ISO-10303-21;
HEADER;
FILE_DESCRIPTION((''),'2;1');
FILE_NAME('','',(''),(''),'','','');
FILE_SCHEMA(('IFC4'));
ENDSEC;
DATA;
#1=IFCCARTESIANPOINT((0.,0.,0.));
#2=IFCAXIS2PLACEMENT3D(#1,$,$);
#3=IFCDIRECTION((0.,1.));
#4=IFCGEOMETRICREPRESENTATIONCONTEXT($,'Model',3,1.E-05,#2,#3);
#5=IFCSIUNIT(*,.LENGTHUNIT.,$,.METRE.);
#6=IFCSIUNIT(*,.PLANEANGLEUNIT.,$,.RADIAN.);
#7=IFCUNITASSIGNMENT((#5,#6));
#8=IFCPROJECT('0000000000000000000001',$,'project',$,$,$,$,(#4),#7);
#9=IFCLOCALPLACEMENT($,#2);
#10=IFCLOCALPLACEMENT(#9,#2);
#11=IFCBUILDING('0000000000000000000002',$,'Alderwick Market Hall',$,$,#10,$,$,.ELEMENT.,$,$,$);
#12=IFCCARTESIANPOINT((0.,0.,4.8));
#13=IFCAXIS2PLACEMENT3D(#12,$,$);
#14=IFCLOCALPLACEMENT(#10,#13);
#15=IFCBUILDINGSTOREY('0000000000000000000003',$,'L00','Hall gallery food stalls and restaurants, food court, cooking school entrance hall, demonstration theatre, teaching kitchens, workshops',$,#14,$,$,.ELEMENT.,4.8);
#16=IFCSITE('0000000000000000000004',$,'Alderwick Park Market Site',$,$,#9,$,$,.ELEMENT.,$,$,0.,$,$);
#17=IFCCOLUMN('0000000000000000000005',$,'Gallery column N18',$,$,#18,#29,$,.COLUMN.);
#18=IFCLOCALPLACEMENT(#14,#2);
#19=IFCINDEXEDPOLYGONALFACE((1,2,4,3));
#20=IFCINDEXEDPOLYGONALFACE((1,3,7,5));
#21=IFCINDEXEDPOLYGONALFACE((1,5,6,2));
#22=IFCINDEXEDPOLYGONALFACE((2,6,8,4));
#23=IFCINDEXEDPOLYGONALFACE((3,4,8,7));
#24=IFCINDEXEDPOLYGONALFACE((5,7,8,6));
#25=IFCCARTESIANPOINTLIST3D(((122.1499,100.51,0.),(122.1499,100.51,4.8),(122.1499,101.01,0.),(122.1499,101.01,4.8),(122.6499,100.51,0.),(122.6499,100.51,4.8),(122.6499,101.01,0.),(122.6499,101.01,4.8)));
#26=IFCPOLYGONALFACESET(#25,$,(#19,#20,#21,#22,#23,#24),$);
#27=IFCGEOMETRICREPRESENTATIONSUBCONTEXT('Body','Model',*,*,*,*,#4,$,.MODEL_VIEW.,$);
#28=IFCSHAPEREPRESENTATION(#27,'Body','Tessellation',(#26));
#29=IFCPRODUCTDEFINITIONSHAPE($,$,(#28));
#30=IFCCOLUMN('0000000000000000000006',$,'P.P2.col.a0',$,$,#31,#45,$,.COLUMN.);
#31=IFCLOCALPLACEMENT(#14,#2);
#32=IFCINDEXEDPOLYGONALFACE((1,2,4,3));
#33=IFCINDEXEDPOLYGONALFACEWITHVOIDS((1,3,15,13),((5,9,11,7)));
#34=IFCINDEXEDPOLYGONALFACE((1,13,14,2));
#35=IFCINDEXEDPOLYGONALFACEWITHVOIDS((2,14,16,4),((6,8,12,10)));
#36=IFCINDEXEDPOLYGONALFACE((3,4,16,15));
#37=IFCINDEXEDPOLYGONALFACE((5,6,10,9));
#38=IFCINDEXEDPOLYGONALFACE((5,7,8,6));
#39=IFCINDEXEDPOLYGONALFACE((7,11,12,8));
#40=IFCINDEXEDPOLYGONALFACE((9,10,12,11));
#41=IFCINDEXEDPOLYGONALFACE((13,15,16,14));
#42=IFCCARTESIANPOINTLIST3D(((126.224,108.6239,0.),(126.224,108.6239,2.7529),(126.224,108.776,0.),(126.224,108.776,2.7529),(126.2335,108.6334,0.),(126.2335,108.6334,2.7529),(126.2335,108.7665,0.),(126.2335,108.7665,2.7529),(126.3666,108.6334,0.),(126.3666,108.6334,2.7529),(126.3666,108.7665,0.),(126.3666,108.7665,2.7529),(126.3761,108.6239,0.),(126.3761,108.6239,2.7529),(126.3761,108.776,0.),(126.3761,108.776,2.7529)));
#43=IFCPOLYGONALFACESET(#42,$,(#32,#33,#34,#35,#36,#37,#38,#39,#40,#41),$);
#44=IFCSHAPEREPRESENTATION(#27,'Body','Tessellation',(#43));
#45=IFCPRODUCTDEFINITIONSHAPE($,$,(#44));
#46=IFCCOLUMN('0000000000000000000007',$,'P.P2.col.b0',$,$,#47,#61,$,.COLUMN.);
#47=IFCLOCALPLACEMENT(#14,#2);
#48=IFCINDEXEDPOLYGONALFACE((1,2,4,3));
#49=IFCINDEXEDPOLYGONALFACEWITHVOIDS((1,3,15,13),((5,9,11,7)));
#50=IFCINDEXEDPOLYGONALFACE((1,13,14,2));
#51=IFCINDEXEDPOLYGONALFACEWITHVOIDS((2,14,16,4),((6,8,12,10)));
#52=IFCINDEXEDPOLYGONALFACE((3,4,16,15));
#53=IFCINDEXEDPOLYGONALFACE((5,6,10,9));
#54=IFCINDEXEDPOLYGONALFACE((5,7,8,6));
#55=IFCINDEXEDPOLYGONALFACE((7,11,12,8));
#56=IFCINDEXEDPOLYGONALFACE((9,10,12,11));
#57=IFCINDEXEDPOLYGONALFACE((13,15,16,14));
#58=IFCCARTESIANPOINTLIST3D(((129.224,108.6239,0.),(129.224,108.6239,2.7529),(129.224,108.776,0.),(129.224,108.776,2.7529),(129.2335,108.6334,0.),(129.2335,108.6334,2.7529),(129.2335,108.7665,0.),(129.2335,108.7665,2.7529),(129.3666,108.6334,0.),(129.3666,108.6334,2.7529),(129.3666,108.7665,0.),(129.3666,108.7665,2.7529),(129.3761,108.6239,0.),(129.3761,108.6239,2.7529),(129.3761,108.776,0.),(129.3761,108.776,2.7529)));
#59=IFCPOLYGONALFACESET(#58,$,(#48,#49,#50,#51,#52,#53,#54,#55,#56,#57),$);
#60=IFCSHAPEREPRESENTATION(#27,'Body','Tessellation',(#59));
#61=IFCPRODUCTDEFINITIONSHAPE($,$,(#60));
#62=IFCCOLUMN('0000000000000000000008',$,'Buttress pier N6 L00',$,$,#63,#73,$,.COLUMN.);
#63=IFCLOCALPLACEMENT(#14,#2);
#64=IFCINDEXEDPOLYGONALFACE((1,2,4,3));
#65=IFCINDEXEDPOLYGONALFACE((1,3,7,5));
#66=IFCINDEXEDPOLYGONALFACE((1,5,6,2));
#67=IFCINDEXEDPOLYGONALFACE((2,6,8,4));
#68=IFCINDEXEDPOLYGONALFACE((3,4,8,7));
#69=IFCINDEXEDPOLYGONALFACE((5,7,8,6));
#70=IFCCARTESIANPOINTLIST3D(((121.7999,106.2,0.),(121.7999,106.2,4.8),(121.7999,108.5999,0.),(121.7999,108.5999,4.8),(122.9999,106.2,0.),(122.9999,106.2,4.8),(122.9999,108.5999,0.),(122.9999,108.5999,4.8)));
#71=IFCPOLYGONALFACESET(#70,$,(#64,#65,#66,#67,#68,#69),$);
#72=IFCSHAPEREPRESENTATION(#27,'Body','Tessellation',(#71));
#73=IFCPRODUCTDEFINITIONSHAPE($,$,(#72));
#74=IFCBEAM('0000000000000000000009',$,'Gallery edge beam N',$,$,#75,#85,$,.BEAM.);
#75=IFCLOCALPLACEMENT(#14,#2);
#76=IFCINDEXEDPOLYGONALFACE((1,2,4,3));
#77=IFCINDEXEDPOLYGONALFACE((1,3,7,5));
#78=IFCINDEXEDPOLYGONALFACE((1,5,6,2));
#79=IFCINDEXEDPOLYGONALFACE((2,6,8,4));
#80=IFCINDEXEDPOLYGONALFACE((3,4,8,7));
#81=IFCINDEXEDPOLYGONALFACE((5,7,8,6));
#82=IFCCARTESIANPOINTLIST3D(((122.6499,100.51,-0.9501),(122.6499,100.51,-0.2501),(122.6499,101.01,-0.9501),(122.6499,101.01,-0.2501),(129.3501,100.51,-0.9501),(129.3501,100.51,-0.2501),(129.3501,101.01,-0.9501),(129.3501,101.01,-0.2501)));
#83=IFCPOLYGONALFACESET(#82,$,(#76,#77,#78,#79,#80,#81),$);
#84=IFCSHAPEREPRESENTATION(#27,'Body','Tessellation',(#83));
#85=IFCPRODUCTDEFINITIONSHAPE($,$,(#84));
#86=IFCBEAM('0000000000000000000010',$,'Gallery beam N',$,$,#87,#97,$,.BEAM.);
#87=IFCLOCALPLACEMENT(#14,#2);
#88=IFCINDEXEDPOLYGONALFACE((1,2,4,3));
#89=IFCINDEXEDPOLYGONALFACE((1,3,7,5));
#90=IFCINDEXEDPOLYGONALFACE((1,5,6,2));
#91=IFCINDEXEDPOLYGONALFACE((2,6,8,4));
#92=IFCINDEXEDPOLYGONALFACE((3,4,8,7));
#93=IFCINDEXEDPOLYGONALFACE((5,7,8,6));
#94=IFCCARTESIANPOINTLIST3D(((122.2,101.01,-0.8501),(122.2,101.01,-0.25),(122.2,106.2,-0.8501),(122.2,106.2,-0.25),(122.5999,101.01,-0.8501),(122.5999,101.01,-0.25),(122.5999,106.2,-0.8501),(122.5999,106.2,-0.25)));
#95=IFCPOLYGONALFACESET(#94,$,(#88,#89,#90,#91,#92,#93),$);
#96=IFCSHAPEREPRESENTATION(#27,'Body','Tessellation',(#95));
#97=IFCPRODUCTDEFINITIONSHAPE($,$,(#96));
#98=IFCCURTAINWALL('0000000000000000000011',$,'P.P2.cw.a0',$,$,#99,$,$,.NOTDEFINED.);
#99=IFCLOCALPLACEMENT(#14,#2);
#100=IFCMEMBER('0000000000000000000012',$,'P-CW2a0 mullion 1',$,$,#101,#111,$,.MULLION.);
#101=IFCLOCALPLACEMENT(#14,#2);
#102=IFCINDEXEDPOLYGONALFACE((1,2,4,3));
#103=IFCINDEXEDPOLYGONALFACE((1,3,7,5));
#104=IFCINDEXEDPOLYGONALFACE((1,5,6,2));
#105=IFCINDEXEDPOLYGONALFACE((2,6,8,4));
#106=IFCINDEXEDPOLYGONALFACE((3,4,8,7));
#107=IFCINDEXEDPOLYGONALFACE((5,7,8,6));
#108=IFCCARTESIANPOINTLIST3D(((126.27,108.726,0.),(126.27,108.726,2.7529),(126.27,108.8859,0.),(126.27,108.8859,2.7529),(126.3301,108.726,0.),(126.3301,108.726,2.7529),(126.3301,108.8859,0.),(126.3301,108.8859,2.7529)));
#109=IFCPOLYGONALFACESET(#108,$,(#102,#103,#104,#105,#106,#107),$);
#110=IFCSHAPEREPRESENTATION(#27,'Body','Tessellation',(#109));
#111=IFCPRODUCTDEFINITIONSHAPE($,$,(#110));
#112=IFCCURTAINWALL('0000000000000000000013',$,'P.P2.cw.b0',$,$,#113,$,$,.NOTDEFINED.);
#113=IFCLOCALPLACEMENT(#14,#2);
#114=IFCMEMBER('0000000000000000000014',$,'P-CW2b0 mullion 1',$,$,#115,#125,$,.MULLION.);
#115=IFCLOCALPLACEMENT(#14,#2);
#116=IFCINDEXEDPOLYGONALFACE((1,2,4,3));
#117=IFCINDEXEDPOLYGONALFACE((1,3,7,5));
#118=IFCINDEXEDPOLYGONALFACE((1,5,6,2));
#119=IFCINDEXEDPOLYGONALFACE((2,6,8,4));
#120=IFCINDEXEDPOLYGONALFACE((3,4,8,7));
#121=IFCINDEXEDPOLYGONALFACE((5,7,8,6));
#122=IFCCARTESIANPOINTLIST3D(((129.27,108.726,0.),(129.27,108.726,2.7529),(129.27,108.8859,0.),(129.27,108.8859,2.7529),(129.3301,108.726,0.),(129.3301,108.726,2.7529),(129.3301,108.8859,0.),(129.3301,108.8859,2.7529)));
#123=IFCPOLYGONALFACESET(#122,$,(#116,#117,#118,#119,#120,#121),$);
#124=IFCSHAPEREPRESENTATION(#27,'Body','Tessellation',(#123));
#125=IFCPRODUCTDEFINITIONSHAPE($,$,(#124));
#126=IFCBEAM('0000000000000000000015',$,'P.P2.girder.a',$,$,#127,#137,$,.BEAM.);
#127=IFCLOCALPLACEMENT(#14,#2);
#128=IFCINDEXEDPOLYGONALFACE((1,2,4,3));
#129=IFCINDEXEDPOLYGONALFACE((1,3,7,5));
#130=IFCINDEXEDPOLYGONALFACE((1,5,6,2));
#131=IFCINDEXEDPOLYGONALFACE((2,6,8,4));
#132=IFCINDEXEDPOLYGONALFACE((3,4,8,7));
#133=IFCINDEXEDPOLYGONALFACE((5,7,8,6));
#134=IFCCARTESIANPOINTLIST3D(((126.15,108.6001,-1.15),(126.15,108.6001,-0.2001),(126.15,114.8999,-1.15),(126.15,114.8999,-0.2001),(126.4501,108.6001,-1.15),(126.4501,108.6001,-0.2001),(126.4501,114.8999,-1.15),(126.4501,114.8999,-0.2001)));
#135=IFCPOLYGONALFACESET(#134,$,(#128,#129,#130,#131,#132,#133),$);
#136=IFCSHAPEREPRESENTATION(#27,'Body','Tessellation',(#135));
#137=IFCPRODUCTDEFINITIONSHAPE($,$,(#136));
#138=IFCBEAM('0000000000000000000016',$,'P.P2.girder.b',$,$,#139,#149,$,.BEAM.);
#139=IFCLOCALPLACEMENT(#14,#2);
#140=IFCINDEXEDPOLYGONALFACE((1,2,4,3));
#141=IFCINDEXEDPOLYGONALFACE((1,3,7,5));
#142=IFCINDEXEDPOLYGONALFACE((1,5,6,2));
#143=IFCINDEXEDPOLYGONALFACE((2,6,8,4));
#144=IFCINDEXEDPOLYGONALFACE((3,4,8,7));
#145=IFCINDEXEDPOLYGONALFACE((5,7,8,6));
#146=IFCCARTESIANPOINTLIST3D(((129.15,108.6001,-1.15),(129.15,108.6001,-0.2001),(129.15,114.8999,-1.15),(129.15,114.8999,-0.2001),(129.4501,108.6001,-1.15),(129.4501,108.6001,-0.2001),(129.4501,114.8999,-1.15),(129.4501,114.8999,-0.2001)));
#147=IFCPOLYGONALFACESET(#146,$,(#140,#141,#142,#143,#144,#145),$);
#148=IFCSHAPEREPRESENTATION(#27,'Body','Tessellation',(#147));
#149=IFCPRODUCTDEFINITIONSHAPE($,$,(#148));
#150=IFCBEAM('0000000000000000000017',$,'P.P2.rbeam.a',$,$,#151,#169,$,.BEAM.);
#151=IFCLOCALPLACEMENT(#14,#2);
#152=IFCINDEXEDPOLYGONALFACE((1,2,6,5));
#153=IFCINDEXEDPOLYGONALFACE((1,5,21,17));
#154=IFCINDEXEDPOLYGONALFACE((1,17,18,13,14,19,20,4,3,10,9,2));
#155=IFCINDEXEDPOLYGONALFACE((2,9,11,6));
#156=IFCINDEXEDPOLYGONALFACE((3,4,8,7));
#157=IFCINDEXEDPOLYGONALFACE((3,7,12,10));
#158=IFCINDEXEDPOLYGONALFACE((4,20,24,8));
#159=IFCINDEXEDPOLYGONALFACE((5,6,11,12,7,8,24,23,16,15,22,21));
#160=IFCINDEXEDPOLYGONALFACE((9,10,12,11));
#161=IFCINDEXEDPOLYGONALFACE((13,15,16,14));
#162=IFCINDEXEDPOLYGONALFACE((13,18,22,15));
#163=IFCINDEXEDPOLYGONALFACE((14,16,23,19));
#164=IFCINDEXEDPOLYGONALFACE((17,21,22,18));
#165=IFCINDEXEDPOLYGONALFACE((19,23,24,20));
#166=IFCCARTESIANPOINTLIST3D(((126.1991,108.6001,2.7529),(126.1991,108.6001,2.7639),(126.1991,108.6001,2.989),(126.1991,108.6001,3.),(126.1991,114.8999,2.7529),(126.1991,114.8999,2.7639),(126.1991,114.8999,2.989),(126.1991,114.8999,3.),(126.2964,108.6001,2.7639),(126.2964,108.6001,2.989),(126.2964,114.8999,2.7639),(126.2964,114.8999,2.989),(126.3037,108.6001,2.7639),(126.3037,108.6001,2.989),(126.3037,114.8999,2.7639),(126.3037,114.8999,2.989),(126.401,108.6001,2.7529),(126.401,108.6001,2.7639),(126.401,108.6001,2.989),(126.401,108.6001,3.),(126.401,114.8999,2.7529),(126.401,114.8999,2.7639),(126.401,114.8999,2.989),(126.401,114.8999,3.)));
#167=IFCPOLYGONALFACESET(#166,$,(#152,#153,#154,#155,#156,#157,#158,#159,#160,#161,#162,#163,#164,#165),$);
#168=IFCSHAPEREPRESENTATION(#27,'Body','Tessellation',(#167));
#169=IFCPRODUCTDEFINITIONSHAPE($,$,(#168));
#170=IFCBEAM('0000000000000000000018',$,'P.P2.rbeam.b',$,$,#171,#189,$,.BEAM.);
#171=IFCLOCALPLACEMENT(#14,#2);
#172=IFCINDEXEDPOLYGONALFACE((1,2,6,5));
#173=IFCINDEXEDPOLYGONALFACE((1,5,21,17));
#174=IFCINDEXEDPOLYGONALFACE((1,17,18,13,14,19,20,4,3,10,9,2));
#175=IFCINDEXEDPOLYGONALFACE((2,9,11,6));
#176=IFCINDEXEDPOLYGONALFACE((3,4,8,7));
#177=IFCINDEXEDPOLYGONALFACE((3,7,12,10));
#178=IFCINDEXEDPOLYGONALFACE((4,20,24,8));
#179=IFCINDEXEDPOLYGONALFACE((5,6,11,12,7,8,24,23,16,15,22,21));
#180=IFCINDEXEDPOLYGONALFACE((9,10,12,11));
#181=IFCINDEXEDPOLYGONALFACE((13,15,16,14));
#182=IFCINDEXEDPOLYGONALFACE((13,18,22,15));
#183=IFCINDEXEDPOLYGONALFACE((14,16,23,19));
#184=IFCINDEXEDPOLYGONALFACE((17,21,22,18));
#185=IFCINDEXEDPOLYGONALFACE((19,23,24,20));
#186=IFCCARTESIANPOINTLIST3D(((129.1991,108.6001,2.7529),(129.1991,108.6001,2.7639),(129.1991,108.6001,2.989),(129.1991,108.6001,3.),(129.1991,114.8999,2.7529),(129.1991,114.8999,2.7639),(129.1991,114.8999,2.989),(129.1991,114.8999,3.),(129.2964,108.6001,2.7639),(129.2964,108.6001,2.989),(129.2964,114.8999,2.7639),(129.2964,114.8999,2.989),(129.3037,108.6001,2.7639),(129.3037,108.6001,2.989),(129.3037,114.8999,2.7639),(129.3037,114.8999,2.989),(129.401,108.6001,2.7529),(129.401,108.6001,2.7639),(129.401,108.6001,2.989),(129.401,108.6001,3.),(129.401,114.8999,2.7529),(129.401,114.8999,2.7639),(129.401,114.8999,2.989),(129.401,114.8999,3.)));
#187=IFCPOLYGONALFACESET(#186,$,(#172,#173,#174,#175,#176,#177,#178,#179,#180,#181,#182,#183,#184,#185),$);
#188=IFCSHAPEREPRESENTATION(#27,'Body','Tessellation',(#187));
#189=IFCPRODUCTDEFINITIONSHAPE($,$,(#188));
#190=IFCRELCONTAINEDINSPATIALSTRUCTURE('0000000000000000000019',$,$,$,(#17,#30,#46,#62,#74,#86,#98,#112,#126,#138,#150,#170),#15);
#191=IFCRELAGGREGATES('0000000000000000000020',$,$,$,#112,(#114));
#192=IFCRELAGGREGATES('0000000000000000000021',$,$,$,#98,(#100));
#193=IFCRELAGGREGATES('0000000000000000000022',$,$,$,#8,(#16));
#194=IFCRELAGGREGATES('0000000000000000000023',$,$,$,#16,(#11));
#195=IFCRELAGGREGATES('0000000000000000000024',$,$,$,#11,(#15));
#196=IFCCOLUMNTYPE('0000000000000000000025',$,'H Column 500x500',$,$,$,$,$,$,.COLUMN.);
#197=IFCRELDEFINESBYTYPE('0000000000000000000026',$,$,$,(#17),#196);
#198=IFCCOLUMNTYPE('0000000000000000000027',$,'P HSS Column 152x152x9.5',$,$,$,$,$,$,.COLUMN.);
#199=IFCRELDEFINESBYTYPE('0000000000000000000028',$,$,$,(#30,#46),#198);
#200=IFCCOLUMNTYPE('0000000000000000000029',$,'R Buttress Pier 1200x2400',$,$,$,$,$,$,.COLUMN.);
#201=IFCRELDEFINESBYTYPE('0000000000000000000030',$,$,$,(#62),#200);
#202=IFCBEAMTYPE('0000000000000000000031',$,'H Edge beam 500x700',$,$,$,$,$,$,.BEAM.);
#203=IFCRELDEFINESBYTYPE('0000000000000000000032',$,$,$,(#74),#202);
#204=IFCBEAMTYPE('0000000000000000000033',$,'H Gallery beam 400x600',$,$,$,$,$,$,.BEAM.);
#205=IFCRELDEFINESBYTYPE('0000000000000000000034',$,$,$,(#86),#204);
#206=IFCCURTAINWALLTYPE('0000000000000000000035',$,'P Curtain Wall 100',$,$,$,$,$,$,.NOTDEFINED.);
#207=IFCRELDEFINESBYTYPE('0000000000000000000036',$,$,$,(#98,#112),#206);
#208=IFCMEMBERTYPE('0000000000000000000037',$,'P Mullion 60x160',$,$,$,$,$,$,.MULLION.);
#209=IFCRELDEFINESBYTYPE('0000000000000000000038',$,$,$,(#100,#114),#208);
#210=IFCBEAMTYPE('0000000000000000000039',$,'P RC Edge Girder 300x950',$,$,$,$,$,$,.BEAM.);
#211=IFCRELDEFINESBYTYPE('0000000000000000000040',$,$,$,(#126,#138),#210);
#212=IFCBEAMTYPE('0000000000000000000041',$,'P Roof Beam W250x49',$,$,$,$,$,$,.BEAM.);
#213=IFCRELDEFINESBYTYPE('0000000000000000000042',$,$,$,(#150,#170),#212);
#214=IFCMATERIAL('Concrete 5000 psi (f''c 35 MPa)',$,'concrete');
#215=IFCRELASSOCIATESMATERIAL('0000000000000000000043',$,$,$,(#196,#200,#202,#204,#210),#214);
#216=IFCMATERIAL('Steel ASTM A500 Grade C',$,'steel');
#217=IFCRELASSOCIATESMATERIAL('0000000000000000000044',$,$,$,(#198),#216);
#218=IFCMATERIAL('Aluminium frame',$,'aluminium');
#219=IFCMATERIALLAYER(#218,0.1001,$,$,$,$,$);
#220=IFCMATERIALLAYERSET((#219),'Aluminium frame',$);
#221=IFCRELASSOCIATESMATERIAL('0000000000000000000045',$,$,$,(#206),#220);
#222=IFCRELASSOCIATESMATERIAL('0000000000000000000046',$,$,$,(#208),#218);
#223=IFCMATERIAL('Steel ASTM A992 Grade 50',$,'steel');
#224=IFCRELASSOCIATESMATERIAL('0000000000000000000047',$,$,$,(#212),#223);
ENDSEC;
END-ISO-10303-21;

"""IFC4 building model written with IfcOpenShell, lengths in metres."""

from ifc_helpers import new_model, si_unit, direction, frame, origin, origin_2d, place, context, subcontext, project, spatial, rectangle, hollow_rectangle, i_section, extrude, material, layer, layer_set, material_profile, profile_set, type_object, element, aggregate, save


model = new_model("IFC4")

# Units and contexts
model_context = context("Model", 3, precision=1e-05, world=origin(), true_north=direction((0.0, 1.0)))
body_context = subcontext(model_context, "Body", "Model", "MODEL_VIEW")
ifc_project = project(units=[si_unit("LENGTHUNIT", "METRE"), si_unit("PLANEANGLEUNIT", "RADIAN")], contexts=[model_context])

# Site, building, storey
site_placement = place(None, origin())
site = spatial("IfcSite", under=ifc_project, at=site_placement, Name="Alderwick Park Market Site", CompositionType="ELEMENT", RefElevation=0.0)
building_placement = place(site_placement, origin())
building = spatial("IfcBuilding", under=site, at=building_placement, Name="Alderwick Market Hall", CompositionType="ELEMENT")
storey_placement = place(building_placement, frame((0.0, 0.0, 4.8)))
storey = spatial("IfcBuildingStorey", under=building, at=storey_placement, Name="L00", Description="Hall gallery food stalls and restaurants, food court, cooking school entrance hall, demonstration theatre, teaching kitchens, workshops", CompositionType="ELEMENT", Elevation=4.8)

# Columns
ifc_material_1 = material(Name="Concrete 5000 psi (f'c 35 MPa)", Category="concrete")
ifc_material_profile_1 = material_profile(ifc_material_1, rectangle(XDim=0.5, YDim=0.5, at=origin_2d()), Name="RC 500x500")
ifc_profile_set_1 = profile_set([ifc_material_profile_1], Name="Concrete 5000 psi (f'c 35 MPa)")
column_type_1 = type_object("IfcColumnType", Name="H Column 500x500", PredefinedType="COLUMN", material=ifc_profile_set_1)
column_1_placement = place(storey_placement, frame((122.3999, 100.76, 0.0), z_axis=(0.0, 0.0, 1.0), x_axis=(1.0, 0.0, 0.0)))
element("IfcColumn", 1, at=column_1_placement, inside=storey, type_object=column_type_1, Name="Gallery column N18", PredefinedType="COLUMN", context=body_context, shape_type="SweptSolid", body=[
    extrude(rectangle(XDim=0.5, YDim=0.5, at=origin_2d()), origin(), (0.0, 0.0, 1.0), 4.8),
])
ifc_material_2 = material(Name="Steel ASTM A500 Grade C", Category="steel")
ifc_material_profile_2 = material_profile(ifc_material_2, hollow_rectangle(XDim=0.1521, YDim=0.1521, WallThickness=0.0095, at=origin_2d()), Name="HSS152x152x9.5")
ifc_profile_set_2 = profile_set([ifc_material_profile_2], Name="Steel ASTM A500 Grade C")
column_type_2 = type_object("IfcColumnType", Name="P HSS Column 152x152x9.5", PredefinedType="COLUMN", material=ifc_profile_set_2)
for number, where, z_axis, x_axis, name in (
    (2, (126.3, 108.7, 0.0), (0.0, 0.0, 1.0), (1.0, 0.0, 0.0), "P.P2.col.a0"),
    (3, (129.3, 108.7, 0.0), (0.0, 0.0, 1.0), (1.0, 0.0, 0.0), "P.P2.col.b0"),
):
    element("IfcColumn", number, at=place(storey_placement, frame(where, z_axis=z_axis, x_axis=x_axis)), inside=storey, type_object=column_type_2, Name=name, PredefinedType="COLUMN", context=body_context, shape_type="SweptSolid", body=[
        extrude(hollow_rectangle(XDim=0.1521, YDim=0.1521, WallThickness=0.0095, at=origin_2d()), origin(), (0.0, 0.0, 1.0), 2.7529),
    ])
ifc_material_profile_3 = material_profile(ifc_material_1, rectangle(XDim=1.2, YDim=2.3999, at=origin_2d()), Name="RC 1200x2400")
ifc_profile_set_3 = profile_set([ifc_material_profile_3], Name="Concrete 5000 psi (f'c 35 MPa)")
column_type_3 = type_object("IfcColumnType", Name="R Buttress Pier 1200x2400", PredefinedType="COLUMN", material=ifc_profile_set_3)
column_2_placement = place(storey_placement, frame((122.3999, 107.3999, 0.0), z_axis=(0.0, 0.0, 1.0), x_axis=(1.0, 0.0, 0.0)))
element("IfcColumn", 4, at=column_2_placement, inside=storey, type_object=column_type_3, Name="Buttress pier N6 L00", PredefinedType="COLUMN", context=body_context, shape_type="SweptSolid", body=[
    extrude(rectangle(XDim=1.2, YDim=2.3999, at=origin_2d()), origin(), (0.0, 0.0, 1.0), 4.8),
])

# Beams
ifc_material_profile_4 = material_profile(ifc_material_1, rectangle(XDim=0.5, YDim=0.7, at=origin_2d()), Name="RC 500x700")
ifc_profile_set_4 = profile_set([ifc_material_profile_4], Name="Concrete 5000 psi (f'c 35 MPa)")
beam_type_1 = type_object("IfcBeamType", Name="H Edge beam 500x700", PredefinedType="BEAM", material=ifc_profile_set_4)
beam_1_placement = place(storey_placement, frame((122.6499, 100.76, -0.6001), z_axis=(1.0, 0.0, 0.0), x_axis=(0.0, 1.0, 0.0)))
element("IfcBeam", 5, at=beam_1_placement, inside=storey, type_object=beam_type_1, Name="Gallery edge beam N", PredefinedType="BEAM", context=body_context, shape_type="SweptSolid", body=[
    extrude(rectangle(XDim=0.5, YDim=0.7, at=origin_2d()), origin(), (0.0, 0.0, 1.0), 6.7002),
])
ifc_material_profile_5 = material_profile(ifc_material_1, rectangle(XDim=0.3999, YDim=0.6001, at=origin_2d()), Name="RC 400x600")
ifc_profile_set_5 = profile_set([ifc_material_profile_5], Name="Concrete 5000 psi (f'c 35 MPa)")
beam_type_2 = type_object("IfcBeamType", Name="H Gallery beam 400x600", PredefinedType="BEAM", material=ifc_profile_set_5)
beam_2_placement = place(storey_placement, frame((122.3999, 106.2, -0.55), z_axis=(0.0, -1.0, 0.0), x_axis=(1.0, 0.0, 0.0)))
element("IfcBeam", 6, at=beam_2_placement, inside=storey, type_object=beam_type_2, Name="Gallery beam N", PredefinedType="BEAM", context=body_context, shape_type="SweptSolid", body=[
    extrude(rectangle(XDim=0.3999, YDim=0.6001, at=origin_2d()), origin(), (0.0, 0.0, 1.0), 5.1899),
])

# Curtain walls, members
ifc_material_3 = material(Name="Aluminium frame", Category="aluminium")
ifc_layer_1 = layer(ifc_material_3, 0.1001)
ifc_layer_set_1 = layer_set([ifc_layer_1], Name="Aluminium frame")
curtain_wall_type = type_object("IfcCurtainWallType", Name="P Curtain Wall 100", PredefinedType="NOTDEFINED", material=ifc_layer_set_1)
curtain_wall_1_placement = place(storey_placement, origin())
curtain_wall_1 = element("IfcCurtainWall", 7, at=curtain_wall_1_placement, inside=storey, type_object=curtain_wall_type, Name="P.P2.cw.a0", PredefinedType="NOTDEFINED")
ifc_material_profile_6 = material_profile(ifc_material_3, rectangle(XDim=0.0601, YDim=0.1599, at=origin_2d()), Name="P Mullion 60x160")
ifc_profile_set_6 = profile_set([ifc_material_profile_6], Name="Aluminium frame")
member_type_1 = type_object("IfcMemberType", Name="P Mullion 60x160", PredefinedType="MULLION", material=ifc_profile_set_6)
member_1_placement = place(storey_placement, frame((126.3, 108.8059, 0.0), z_axis=(0.0, 0.0, 1.0), x_axis=(-1.0, 0.0, 0.0)))
member_1 = element("IfcMember", 8, at=member_1_placement, type_object=member_type_1, Name="P-CW2a0 mullion 1", PredefinedType="MULLION", context=body_context, shape_type="SweptSolid", body=[
    extrude(rectangle(XDim=0.0601, YDim=0.1599, at=origin_2d()), origin(), (0.0, 0.0, 1.0), 2.7529),
])
curtain_wall_2_placement = place(storey_placement, origin())
curtain_wall_2 = element("IfcCurtainWall", 9, at=curtain_wall_2_placement, inside=storey, type_object=curtain_wall_type, Name="P.P2.cw.b0", PredefinedType="NOTDEFINED")
member_2_placement = place(storey_placement, frame((129.3, 108.8059, 0.0), z_axis=(0.0, 0.0, 1.0), x_axis=(-1.0, 0.0, 0.0)))
member_2 = element("IfcMember", 10, at=member_2_placement, type_object=member_type_1, Name="P-CW2b0 mullion 1", PredefinedType="MULLION", context=body_context, shape_type="SweptSolid", body=[
    extrude(rectangle(XDim=0.0601, YDim=0.1599, at=origin_2d()), origin(), (0.0, 0.0, 1.0), 2.7529),
])
aggregate(curtain_wall_2, [member_2])

# Beams
ifc_material_profile_7 = material_profile(ifc_material_1, rectangle(XDim=0.3, YDim=0.95, at=origin_2d()), Name="P RC Edge Girder 300x950")
ifc_profile_set_7 = profile_set([ifc_material_profile_7], Name="Concrete 5000 psi (f'c 35 MPa)")
beam_type_3 = type_object("IfcBeamType", Name="P RC Edge Girder 300x950", PredefinedType="BEAM", material=ifc_profile_set_7)
for number, where, z_axis, x_axis, name in (
    (11, (126.3, 108.6001, -0.675), (0.0, 1.0, 0.0), (-1.0, 0.0, 0.0), "P.P2.girder.a"),
    (12, (129.3, 108.6001, -0.675), (0.0, 1.0, 0.0), (-1.0, 0.0, 0.0), "P.P2.girder.b"),
):
    element("IfcBeam", number, at=place(storey_placement, frame(where, z_axis=z_axis, x_axis=x_axis)), inside=storey, type_object=beam_type_3, Name=name, PredefinedType="BEAM", context=body_context, shape_type="SweptSolid", body=[
        extrude(rectangle(XDim=0.3, YDim=0.95, at=origin_2d()), origin(), (0.0, 0.0, 1.0), 6.2998),
    ])
ifc_material_4 = material(Name="Steel ASTM A992 Grade 50", Category="steel")
ifc_material_profile_8 = material_profile(ifc_material_4, i_section(OverallWidth=0.2019, OverallDepth=0.2471, WebThickness=0.0073, FlangeThickness=0.011, at=origin_2d()), Name="W250x49")
ifc_profile_set_8 = profile_set([ifc_material_profile_8], Name="Steel ASTM A992 Grade 50")
beam_type_4 = type_object("IfcBeamType", Name="P Roof Beam W250x49", PredefinedType="BEAM", material=ifc_profile_set_8)
for number, where, z_axis, x_axis, name in (
    (13, (126.3, 108.6001, 2.8765), (0.0, 1.0, 0.0), (-1.0, 0.0, 0.0), "P.P2.rbeam.a"),
    (14, (129.3, 108.6001, 2.8765), (0.0, 1.0, 0.0), (-1.0, 0.0, 0.0), "P.P2.rbeam.b"),
):
    element("IfcBeam", number, at=place(storey_placement, frame(where, z_axis=z_axis, x_axis=x_axis)), inside=storey, type_object=beam_type_4, Name=name, PredefinedType="BEAM", context=body_context, shape_type="SweptSolid", body=[
        extrude(i_section(OverallWidth=0.2019, OverallDepth=0.2471, WebThickness=0.0073, FlangeThickness=0.011, at=origin_2d()), origin(), (0.0, 0.0, 1.0), 6.2998),
    ])

aggregate(curtain_wall_1, [member_1])

save(model, "model.ifc")
